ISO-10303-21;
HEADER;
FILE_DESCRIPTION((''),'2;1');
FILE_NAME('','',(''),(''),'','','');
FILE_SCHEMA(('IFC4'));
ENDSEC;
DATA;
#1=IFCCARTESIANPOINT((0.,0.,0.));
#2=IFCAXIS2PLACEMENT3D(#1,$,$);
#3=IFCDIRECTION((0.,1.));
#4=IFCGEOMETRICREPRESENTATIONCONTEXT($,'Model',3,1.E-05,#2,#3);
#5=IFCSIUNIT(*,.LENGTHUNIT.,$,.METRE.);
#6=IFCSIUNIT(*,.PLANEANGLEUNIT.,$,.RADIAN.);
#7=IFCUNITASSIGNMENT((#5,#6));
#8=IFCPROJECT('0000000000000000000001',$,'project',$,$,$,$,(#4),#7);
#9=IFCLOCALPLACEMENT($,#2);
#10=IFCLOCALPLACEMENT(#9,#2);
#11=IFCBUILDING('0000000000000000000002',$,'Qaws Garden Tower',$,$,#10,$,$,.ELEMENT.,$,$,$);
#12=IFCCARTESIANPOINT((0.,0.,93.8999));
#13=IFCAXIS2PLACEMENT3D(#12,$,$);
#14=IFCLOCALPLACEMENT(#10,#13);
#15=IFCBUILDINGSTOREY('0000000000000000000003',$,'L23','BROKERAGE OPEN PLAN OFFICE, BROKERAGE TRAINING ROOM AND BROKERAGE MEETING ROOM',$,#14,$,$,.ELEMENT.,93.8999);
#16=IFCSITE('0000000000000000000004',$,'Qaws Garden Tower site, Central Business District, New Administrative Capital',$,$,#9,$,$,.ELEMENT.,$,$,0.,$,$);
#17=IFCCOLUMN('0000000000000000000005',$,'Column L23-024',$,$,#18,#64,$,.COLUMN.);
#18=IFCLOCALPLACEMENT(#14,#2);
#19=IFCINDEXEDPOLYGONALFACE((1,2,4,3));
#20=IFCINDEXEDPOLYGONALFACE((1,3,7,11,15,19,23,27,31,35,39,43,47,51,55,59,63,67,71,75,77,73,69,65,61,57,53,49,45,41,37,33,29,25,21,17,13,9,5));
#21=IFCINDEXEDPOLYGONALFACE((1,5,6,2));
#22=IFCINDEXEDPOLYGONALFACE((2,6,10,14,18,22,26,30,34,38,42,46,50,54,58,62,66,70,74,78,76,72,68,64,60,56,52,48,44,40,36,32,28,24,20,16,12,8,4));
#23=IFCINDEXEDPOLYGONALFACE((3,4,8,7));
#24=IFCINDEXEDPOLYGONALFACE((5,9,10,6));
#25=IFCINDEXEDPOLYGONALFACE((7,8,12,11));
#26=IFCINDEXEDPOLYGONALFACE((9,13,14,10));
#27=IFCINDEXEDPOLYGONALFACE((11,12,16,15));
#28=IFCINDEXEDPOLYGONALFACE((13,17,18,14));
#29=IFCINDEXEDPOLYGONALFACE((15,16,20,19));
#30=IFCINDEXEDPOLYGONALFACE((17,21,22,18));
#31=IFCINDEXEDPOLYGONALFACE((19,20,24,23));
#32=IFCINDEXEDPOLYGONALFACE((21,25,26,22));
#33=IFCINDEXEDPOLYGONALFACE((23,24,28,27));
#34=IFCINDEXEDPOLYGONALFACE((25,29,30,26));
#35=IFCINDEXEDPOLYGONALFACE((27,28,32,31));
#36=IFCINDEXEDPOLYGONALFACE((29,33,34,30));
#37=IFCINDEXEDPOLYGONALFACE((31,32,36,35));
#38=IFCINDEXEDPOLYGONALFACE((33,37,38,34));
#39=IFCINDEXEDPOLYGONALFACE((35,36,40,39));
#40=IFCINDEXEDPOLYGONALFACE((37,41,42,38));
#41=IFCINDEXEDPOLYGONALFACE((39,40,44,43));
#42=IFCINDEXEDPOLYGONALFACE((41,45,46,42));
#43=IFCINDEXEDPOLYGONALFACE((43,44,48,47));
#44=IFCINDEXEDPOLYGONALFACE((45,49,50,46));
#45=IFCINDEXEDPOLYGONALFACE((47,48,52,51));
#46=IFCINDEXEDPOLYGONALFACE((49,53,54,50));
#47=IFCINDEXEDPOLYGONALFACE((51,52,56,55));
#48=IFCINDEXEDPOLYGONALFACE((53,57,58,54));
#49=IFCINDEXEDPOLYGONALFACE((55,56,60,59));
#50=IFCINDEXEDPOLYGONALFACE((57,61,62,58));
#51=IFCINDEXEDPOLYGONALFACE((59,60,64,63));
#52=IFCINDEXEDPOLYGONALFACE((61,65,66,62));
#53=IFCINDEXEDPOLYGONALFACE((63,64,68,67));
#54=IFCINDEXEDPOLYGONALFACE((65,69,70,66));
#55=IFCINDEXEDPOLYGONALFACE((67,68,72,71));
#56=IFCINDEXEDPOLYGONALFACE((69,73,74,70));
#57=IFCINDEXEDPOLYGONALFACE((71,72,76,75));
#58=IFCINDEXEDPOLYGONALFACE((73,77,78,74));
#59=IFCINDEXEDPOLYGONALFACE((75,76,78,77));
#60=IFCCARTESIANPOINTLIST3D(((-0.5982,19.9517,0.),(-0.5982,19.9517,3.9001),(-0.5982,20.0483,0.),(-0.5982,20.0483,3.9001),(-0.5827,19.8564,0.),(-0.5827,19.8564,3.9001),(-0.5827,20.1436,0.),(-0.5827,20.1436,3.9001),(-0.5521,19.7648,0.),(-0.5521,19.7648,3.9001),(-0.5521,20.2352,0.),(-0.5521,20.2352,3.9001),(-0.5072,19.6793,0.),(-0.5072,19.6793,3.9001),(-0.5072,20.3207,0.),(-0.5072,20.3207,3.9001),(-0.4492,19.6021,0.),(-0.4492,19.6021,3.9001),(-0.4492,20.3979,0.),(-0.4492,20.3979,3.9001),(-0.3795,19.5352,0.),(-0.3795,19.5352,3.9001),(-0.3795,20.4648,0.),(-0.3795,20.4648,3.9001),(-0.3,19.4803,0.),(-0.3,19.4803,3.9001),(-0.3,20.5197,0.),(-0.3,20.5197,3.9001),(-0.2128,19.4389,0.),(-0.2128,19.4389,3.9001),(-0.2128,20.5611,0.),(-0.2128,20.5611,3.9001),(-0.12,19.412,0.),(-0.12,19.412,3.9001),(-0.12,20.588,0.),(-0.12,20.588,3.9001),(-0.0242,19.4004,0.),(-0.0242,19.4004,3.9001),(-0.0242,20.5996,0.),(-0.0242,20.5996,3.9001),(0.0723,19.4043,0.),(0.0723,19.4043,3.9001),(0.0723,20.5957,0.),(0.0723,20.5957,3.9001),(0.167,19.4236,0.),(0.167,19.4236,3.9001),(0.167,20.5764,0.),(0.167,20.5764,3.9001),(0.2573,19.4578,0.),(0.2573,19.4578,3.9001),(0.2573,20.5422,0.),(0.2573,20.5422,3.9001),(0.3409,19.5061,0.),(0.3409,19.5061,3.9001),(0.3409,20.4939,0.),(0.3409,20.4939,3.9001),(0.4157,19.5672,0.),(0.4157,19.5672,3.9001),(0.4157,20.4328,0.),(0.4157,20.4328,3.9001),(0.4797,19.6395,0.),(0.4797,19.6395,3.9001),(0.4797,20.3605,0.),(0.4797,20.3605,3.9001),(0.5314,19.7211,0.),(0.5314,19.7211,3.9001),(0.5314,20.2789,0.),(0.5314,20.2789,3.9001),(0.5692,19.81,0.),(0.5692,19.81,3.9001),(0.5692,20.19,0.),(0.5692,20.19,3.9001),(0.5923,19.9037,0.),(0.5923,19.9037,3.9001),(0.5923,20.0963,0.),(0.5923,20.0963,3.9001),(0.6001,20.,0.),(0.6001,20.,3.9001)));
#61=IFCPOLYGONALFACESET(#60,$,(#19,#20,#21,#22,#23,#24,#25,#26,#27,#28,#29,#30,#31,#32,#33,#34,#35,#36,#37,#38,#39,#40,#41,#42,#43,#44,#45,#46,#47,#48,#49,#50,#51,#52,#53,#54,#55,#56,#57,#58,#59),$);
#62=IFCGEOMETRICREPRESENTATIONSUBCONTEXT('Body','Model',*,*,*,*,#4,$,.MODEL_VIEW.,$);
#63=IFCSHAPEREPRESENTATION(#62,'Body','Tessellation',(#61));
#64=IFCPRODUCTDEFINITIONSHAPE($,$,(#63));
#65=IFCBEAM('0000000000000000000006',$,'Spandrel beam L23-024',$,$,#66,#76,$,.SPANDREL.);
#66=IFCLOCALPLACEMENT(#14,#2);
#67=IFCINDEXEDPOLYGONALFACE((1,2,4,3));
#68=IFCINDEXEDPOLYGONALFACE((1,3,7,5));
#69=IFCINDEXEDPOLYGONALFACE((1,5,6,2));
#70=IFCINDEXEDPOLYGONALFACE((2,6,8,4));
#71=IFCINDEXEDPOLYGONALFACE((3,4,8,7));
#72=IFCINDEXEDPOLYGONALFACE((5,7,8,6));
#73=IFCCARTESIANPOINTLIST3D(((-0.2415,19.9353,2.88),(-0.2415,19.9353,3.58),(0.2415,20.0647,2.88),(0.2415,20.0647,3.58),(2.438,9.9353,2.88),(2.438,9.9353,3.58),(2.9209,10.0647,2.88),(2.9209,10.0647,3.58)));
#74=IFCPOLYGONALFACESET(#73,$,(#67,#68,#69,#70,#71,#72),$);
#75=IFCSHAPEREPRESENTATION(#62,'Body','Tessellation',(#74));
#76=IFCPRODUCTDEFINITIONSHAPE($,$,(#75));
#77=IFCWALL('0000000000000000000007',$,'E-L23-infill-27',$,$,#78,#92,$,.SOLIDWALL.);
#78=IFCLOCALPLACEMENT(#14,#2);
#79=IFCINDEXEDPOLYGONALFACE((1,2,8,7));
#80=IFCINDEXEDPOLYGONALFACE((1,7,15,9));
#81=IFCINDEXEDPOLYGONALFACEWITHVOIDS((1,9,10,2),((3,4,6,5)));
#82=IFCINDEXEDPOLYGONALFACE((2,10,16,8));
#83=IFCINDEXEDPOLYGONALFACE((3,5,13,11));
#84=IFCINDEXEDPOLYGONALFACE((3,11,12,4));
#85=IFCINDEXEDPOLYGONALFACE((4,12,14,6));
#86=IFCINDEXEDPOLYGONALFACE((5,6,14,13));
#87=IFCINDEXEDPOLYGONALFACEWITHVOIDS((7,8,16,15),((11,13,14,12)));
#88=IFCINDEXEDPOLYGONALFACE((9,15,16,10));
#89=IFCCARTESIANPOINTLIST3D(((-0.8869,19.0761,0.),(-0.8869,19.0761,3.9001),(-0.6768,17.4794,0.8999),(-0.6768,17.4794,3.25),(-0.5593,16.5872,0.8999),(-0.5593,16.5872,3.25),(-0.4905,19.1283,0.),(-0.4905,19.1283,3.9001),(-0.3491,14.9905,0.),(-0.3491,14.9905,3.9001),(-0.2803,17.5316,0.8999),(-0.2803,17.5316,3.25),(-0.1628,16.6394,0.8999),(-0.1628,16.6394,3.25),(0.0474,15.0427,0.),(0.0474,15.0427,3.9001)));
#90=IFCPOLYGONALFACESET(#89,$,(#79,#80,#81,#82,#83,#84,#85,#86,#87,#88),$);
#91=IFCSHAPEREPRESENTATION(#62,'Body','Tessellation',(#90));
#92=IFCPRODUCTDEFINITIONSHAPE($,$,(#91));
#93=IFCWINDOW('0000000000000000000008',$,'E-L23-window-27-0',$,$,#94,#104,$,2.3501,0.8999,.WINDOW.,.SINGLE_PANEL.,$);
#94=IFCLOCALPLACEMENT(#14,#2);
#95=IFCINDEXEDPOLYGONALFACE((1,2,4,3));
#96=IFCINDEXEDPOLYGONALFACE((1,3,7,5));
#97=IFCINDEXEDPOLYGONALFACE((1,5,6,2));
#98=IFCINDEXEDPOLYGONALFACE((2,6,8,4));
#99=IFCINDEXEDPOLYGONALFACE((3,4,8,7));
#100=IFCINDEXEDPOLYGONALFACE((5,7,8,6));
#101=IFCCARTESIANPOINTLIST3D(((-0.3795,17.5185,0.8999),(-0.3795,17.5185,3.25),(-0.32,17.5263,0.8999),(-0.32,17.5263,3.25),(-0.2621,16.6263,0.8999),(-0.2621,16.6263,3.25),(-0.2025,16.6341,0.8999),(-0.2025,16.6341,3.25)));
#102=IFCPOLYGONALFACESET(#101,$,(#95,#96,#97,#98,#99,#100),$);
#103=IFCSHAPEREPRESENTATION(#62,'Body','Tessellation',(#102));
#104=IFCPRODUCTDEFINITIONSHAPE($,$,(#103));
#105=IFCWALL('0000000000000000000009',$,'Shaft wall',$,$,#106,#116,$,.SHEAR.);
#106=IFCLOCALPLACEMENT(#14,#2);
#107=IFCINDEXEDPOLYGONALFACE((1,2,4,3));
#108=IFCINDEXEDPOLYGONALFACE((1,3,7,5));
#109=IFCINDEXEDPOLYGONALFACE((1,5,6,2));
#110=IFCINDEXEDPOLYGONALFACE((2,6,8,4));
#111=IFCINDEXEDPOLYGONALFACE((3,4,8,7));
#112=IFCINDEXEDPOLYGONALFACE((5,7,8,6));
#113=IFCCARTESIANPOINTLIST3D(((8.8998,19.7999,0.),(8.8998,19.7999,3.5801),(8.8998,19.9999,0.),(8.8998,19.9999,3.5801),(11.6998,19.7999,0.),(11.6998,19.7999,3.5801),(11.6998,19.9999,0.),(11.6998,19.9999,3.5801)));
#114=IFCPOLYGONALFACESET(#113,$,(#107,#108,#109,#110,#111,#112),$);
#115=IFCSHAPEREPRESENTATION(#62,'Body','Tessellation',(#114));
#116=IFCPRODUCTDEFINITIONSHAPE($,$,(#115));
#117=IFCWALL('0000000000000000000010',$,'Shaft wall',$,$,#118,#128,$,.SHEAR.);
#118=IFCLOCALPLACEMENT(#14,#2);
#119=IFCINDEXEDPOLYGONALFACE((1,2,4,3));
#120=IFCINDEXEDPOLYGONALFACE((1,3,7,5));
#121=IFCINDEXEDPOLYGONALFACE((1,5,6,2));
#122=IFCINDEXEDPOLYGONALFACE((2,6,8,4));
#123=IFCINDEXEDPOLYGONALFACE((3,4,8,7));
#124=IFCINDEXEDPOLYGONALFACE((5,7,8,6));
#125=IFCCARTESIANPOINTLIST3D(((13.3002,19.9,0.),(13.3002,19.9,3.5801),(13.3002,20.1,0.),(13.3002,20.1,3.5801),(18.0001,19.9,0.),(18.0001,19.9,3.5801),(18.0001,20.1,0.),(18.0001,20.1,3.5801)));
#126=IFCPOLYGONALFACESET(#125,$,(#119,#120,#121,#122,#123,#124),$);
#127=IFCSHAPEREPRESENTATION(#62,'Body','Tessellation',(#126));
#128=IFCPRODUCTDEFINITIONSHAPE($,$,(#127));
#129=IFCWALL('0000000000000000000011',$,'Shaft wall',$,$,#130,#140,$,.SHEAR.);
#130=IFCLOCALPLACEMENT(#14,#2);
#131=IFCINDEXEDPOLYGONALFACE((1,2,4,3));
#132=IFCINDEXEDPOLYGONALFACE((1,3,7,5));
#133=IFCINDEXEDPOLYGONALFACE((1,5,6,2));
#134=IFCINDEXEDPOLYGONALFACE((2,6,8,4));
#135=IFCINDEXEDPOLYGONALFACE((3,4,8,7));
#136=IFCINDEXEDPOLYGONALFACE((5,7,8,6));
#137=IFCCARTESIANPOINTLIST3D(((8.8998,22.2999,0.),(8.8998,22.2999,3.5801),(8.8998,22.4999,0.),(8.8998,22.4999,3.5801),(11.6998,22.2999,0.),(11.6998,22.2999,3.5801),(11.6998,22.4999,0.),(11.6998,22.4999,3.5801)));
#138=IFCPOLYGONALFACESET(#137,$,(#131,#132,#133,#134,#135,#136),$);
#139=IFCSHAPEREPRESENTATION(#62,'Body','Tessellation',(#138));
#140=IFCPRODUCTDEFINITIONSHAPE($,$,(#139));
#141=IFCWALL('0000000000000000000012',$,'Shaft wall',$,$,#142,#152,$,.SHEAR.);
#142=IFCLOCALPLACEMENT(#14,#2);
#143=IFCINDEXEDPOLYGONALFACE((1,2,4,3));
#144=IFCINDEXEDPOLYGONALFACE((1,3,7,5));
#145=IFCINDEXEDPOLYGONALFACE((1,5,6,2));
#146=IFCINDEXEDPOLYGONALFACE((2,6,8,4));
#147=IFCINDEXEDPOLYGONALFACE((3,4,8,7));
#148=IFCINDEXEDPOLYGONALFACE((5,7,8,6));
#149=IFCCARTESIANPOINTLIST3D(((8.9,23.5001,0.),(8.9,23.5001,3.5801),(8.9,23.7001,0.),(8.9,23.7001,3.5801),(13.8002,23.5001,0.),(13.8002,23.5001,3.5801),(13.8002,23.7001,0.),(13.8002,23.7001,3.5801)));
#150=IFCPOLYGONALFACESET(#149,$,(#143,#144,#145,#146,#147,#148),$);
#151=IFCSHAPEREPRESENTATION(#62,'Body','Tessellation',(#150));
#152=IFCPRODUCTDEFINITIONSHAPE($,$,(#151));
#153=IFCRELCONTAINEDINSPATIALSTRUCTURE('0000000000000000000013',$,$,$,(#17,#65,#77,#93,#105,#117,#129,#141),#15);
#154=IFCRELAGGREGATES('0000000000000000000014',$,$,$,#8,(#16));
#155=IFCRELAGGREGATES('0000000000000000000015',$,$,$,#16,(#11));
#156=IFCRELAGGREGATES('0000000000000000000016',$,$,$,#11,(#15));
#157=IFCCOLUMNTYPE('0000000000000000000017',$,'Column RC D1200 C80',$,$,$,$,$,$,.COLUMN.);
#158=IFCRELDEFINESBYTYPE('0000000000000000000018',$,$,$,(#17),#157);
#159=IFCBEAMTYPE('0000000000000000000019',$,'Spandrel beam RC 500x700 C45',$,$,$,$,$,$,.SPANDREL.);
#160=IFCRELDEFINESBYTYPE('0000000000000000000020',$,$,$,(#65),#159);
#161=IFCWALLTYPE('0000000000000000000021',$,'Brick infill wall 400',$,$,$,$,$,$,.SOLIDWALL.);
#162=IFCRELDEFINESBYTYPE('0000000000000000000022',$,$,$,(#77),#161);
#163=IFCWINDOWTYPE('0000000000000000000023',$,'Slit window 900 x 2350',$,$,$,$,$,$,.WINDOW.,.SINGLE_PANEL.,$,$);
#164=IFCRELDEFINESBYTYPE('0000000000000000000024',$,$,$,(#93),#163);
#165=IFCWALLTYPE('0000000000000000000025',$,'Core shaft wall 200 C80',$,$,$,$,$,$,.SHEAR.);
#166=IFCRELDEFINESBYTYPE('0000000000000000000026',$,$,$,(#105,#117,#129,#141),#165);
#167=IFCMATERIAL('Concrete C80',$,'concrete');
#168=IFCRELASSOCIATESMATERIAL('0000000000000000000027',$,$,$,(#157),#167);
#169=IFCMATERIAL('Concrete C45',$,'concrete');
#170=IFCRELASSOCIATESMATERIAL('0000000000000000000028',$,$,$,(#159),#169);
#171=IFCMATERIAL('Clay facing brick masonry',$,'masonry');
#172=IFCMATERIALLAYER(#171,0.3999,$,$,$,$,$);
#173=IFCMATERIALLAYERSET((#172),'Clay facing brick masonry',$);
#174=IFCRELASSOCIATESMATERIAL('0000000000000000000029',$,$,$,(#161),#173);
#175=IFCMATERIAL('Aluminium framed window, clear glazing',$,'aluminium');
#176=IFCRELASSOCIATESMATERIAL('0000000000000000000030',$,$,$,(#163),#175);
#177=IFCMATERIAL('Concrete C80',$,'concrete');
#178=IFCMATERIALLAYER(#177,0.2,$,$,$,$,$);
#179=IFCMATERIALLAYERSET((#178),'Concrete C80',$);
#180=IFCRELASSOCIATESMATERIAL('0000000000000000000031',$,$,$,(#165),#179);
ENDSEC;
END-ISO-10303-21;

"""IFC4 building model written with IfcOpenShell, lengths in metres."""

from ifc_helpers import new_model, si_unit, direction, frame, frame_2d, origin, origin_2d, place, context, subcontext, project, spatial, rectangle, circle, extrude, material, layer, layer_set, material_profile, profile_set, type_object, element, fill, save


model = new_model("IFC4")

# Units and contexts
model_context = context("Model", 3, precision=1e-05, world=origin(), true_north=direction((0.0, 1.0)))
body_context = subcontext(model_context, "Body", "Model", "MODEL_VIEW")
ifc_project = project(units=[si_unit("LENGTHUNIT", "METRE"), si_unit("PLANEANGLEUNIT", "RADIAN")], contexts=[model_context])

# Site, building, storey
site_placement = place(None, origin())
site = spatial("IfcSite", under=ifc_project, at=site_placement, Name="Qaws Garden Tower site, Central Business District, New Administrative Capital", CompositionType="ELEMENT", RefElevation=0.0)
building_placement = place(site_placement, origin())
building = spatial("IfcBuilding", under=site, at=building_placement, Name="Qaws Garden Tower", CompositionType="ELEMENT")
storey_placement = place(building_placement, frame((0.0, 0.0, 93.8999)))
storey = spatial("IfcBuildingStorey", under=building, at=storey_placement, Name="L23", Description="BROKERAGE OPEN PLAN OFFICE, BROKERAGE TRAINING ROOM AND BROKERAGE MEETING ROOM", CompositionType="ELEMENT", Elevation=93.8999)

# Column
ifc_material_1 = material(Name="Concrete C80", Category="concrete")
ifc_material_profile_1 = material_profile(ifc_material_1, circle(Radius=0.6001, at=origin_2d()), Name="RC D1200")
ifc_profile_set_1 = profile_set([ifc_material_profile_1], Name="Concrete C80")
column_type = type_object("IfcColumnType", Name="Column RC D1200 C80", PredefinedType="COLUMN", material=ifc_profile_set_1)
column_placement = place(storey_placement, frame((0.0, 20.0, 0.0), z_axis=(0.0, 0.0, 1.0), x_axis=(1.0, 0.0, 0.0)))
element("IfcColumn", 1, at=column_placement, inside=storey, type_object=column_type, Name="Column L23-024", PredefinedType="COLUMN", context=body_context, shape_type="SweptSolid", body=[
    extrude(circle(Radius=0.6001, at=origin_2d()), origin(), (0.0, 0.0, 1.0), 3.9001),
])

# Beam
ifc_material_2 = material(Name="Concrete C45", Category="concrete")
ifc_material_profile_2 = material_profile(ifc_material_2, rectangle(XDim=0.5, YDim=0.7, at=origin_2d()), Name="RC 500x700")
ifc_profile_set_2 = profile_set([ifc_material_profile_2], Name="Concrete C45")
beam_type = type_object("IfcBeamType", Name="Spandrel beam RC 500x700 C45", PredefinedType="SPANDREL", material=ifc_profile_set_2)
beam_placement = place(storey_placement, frame((0.0, 20.0, 3.23), z_axis=(0.258815, -0.965927, 0.0), x_axis=(0.965927, 0.258815, 0.0)))
element("IfcBeam", 2, at=beam_placement, inside=storey, type_object=beam_type, Name="Spandrel beam L23-024", PredefinedType="SPANDREL", context=body_context, shape_type="SweptSolid", body=[
    extrude(rectangle(XDim=0.5, YDim=0.7, at=origin_2d()), origin(), (0.0, 0.0, 1.0), 10.3528),
])

# Wall, opening, window
ifc_material_3 = material(Name="Clay facing brick masonry", Category="masonry")
ifc_layer_1 = layer(ifc_material_3, 0.3999)
ifc_layer_set_1 = layer_set([ifc_layer_1], Name="Clay facing brick masonry")
wall_type_1 = type_object("IfcWallType", Name="Brick infill wall 400", PredefinedType="SOLIDWALL", material=ifc_layer_set_1)
wall_1_placement = place(storey_placement, frame((-0.6887, 19.1023, 0.0), z_axis=(0.0, 0.0, 1.0), x_axis=(0.130514, -0.991446, 0.0)))
wall_1 = element("IfcWall", 3, at=wall_1_placement, inside=storey, type_object=wall_type_1, Name="E-L23-infill-27", PredefinedType="SOLIDWALL", context=body_context, shape_type="SweptSolid", body=[
    extrude(rectangle(XDim=4.1208, YDim=0.3999, at=frame_2d((2.0605, 0.0))), origin(), (0.0, 0.0, 1.0), 3.9001),
])
opening_1_placement = place(wall_1_placement, frame((1.6106, 0.0, 0.8999)))
opening_1 = element("IfcOpeningElement", 4, at=opening_1_placement, cuts=wall_1, PredefinedType="OPENING", context=body_context, shape_type="SweptSolid", body=[
    extrude(rectangle(XDim=0.8999, YDim=2.3501, at=frame_2d((0.45, 1.175))), frame((0.0, 0.21, 0.0), z_axis=(0.0, -1.0, 0.0), x_axis=(1.0, 0.0, 0.0)), (0.0, 0.0, 1.0), 0.4199),
])
ifc_material_4 = material(Name="Aluminium framed window, clear glazing", Category="aluminium")
window_type = type_object("IfcWindowType", Name="Slit window 900 x 2350", PartitioningType="SINGLE_PANEL", PredefinedType="WINDOW", material=ifc_material_4)
window_placement = place(opening_1_placement, origin())
window = element("IfcWindow", 5, at=window_placement, inside=storey, type_object=window_type, Name="E-L23-window-27-0", OverallHeight=2.3501, OverallWidth=0.8999, PartitioningType="SINGLE_PANEL", PredefinedType="WINDOW", context=body_context, shape_type="SweptSolid", body=[
    extrude(rectangle(XDim=0.8999, YDim=2.3501, at=frame_2d((0.45, 1.175))), frame((0.0, 0.1599, 0.0), z_axis=(0.0, -1.0, 0.0), x_axis=(1.0, 0.0, 0.0)), (0.0, 0.0, 1.0), 0.0601),
])
fill(opening_1, window)

# Walls
ifc_material_5 = material(Name="Concrete C80", Category="concrete")
ifc_layer_2 = layer(ifc_material_5, 0.2)
ifc_layer_set_2 = layer_set([ifc_layer_2], Name="Concrete C80")
wall_type_2 = type_object("IfcWallType", Name="Core shaft wall 200 C80", PredefinedType="SHEAR", material=ifc_layer_set_2)
wall_2_placement = place(storey_placement, frame((8.8999, 19.8999, 0.0), z_axis=(0.0, 0.0, 1.0), x_axis=(1.0, 0.0, 0.0)))
element("IfcWall", 6, at=wall_2_placement, inside=storey, type_object=wall_type_2, Name="Shaft wall", PredefinedType="SHEAR", context=body_context, shape_type="SweptSolid", body=[
    extrude(rectangle(XDim=2.8, YDim=0.2, at=frame_2d((1.3999, 0.0))), origin(), (0.0, 0.0, 1.0), 3.5801),
])
wall_3_placement = place(storey_placement, frame((13.3, 20.0, 0.0), z_axis=(0.0, 0.0, 1.0), x_axis=(1.0, 0.0, 0.0)))
element("IfcWall", 7, at=wall_3_placement, inside=storey, type_object=wall_type_2, Name="Shaft wall", PredefinedType="SHEAR", context=body_context, shape_type="SweptSolid", body=[
    extrude(rectangle(XDim=4.7, YDim=0.2, at=frame_2d((2.3501, 0.0))), origin(), (0.0, 0.0, 1.0), 3.5801),
])
wall_4_placement = place(storey_placement, frame((8.8999, 22.3999, 0.0), z_axis=(0.0, 0.0, 1.0), x_axis=(1.0, 0.0, 0.0)))
element("IfcWall", 8, at=wall_4_placement, inside=storey, type_object=wall_type_2, Name="Shaft wall", PredefinedType="SHEAR", context=body_context, shape_type="SweptSolid", body=[
    extrude(rectangle(XDim=2.8, YDim=0.2, at=frame_2d((1.3999, 0.0))), origin(), (0.0, 0.0, 1.0), 3.5801),
])
wall_5_placement = place(storey_placement, frame((8.8999, 23.6001, 0.0), z_axis=(0.0, 0.0, 1.0), x_axis=(1.0, 0.0, 0.0)))
element("IfcWall", 9, at=wall_5_placement, inside=storey, type_object=wall_type_2, Name="Shaft wall", PredefinedType="SHEAR", context=body_context, shape_type="SweptSolid", body=[
    extrude(rectangle(XDim=4.9001, YDim=0.2, at=frame_2d((2.4502, 0.0))), origin(), (0.0, 0.0, 1.0), 3.5801),
])

save(model, "model.ifc")
